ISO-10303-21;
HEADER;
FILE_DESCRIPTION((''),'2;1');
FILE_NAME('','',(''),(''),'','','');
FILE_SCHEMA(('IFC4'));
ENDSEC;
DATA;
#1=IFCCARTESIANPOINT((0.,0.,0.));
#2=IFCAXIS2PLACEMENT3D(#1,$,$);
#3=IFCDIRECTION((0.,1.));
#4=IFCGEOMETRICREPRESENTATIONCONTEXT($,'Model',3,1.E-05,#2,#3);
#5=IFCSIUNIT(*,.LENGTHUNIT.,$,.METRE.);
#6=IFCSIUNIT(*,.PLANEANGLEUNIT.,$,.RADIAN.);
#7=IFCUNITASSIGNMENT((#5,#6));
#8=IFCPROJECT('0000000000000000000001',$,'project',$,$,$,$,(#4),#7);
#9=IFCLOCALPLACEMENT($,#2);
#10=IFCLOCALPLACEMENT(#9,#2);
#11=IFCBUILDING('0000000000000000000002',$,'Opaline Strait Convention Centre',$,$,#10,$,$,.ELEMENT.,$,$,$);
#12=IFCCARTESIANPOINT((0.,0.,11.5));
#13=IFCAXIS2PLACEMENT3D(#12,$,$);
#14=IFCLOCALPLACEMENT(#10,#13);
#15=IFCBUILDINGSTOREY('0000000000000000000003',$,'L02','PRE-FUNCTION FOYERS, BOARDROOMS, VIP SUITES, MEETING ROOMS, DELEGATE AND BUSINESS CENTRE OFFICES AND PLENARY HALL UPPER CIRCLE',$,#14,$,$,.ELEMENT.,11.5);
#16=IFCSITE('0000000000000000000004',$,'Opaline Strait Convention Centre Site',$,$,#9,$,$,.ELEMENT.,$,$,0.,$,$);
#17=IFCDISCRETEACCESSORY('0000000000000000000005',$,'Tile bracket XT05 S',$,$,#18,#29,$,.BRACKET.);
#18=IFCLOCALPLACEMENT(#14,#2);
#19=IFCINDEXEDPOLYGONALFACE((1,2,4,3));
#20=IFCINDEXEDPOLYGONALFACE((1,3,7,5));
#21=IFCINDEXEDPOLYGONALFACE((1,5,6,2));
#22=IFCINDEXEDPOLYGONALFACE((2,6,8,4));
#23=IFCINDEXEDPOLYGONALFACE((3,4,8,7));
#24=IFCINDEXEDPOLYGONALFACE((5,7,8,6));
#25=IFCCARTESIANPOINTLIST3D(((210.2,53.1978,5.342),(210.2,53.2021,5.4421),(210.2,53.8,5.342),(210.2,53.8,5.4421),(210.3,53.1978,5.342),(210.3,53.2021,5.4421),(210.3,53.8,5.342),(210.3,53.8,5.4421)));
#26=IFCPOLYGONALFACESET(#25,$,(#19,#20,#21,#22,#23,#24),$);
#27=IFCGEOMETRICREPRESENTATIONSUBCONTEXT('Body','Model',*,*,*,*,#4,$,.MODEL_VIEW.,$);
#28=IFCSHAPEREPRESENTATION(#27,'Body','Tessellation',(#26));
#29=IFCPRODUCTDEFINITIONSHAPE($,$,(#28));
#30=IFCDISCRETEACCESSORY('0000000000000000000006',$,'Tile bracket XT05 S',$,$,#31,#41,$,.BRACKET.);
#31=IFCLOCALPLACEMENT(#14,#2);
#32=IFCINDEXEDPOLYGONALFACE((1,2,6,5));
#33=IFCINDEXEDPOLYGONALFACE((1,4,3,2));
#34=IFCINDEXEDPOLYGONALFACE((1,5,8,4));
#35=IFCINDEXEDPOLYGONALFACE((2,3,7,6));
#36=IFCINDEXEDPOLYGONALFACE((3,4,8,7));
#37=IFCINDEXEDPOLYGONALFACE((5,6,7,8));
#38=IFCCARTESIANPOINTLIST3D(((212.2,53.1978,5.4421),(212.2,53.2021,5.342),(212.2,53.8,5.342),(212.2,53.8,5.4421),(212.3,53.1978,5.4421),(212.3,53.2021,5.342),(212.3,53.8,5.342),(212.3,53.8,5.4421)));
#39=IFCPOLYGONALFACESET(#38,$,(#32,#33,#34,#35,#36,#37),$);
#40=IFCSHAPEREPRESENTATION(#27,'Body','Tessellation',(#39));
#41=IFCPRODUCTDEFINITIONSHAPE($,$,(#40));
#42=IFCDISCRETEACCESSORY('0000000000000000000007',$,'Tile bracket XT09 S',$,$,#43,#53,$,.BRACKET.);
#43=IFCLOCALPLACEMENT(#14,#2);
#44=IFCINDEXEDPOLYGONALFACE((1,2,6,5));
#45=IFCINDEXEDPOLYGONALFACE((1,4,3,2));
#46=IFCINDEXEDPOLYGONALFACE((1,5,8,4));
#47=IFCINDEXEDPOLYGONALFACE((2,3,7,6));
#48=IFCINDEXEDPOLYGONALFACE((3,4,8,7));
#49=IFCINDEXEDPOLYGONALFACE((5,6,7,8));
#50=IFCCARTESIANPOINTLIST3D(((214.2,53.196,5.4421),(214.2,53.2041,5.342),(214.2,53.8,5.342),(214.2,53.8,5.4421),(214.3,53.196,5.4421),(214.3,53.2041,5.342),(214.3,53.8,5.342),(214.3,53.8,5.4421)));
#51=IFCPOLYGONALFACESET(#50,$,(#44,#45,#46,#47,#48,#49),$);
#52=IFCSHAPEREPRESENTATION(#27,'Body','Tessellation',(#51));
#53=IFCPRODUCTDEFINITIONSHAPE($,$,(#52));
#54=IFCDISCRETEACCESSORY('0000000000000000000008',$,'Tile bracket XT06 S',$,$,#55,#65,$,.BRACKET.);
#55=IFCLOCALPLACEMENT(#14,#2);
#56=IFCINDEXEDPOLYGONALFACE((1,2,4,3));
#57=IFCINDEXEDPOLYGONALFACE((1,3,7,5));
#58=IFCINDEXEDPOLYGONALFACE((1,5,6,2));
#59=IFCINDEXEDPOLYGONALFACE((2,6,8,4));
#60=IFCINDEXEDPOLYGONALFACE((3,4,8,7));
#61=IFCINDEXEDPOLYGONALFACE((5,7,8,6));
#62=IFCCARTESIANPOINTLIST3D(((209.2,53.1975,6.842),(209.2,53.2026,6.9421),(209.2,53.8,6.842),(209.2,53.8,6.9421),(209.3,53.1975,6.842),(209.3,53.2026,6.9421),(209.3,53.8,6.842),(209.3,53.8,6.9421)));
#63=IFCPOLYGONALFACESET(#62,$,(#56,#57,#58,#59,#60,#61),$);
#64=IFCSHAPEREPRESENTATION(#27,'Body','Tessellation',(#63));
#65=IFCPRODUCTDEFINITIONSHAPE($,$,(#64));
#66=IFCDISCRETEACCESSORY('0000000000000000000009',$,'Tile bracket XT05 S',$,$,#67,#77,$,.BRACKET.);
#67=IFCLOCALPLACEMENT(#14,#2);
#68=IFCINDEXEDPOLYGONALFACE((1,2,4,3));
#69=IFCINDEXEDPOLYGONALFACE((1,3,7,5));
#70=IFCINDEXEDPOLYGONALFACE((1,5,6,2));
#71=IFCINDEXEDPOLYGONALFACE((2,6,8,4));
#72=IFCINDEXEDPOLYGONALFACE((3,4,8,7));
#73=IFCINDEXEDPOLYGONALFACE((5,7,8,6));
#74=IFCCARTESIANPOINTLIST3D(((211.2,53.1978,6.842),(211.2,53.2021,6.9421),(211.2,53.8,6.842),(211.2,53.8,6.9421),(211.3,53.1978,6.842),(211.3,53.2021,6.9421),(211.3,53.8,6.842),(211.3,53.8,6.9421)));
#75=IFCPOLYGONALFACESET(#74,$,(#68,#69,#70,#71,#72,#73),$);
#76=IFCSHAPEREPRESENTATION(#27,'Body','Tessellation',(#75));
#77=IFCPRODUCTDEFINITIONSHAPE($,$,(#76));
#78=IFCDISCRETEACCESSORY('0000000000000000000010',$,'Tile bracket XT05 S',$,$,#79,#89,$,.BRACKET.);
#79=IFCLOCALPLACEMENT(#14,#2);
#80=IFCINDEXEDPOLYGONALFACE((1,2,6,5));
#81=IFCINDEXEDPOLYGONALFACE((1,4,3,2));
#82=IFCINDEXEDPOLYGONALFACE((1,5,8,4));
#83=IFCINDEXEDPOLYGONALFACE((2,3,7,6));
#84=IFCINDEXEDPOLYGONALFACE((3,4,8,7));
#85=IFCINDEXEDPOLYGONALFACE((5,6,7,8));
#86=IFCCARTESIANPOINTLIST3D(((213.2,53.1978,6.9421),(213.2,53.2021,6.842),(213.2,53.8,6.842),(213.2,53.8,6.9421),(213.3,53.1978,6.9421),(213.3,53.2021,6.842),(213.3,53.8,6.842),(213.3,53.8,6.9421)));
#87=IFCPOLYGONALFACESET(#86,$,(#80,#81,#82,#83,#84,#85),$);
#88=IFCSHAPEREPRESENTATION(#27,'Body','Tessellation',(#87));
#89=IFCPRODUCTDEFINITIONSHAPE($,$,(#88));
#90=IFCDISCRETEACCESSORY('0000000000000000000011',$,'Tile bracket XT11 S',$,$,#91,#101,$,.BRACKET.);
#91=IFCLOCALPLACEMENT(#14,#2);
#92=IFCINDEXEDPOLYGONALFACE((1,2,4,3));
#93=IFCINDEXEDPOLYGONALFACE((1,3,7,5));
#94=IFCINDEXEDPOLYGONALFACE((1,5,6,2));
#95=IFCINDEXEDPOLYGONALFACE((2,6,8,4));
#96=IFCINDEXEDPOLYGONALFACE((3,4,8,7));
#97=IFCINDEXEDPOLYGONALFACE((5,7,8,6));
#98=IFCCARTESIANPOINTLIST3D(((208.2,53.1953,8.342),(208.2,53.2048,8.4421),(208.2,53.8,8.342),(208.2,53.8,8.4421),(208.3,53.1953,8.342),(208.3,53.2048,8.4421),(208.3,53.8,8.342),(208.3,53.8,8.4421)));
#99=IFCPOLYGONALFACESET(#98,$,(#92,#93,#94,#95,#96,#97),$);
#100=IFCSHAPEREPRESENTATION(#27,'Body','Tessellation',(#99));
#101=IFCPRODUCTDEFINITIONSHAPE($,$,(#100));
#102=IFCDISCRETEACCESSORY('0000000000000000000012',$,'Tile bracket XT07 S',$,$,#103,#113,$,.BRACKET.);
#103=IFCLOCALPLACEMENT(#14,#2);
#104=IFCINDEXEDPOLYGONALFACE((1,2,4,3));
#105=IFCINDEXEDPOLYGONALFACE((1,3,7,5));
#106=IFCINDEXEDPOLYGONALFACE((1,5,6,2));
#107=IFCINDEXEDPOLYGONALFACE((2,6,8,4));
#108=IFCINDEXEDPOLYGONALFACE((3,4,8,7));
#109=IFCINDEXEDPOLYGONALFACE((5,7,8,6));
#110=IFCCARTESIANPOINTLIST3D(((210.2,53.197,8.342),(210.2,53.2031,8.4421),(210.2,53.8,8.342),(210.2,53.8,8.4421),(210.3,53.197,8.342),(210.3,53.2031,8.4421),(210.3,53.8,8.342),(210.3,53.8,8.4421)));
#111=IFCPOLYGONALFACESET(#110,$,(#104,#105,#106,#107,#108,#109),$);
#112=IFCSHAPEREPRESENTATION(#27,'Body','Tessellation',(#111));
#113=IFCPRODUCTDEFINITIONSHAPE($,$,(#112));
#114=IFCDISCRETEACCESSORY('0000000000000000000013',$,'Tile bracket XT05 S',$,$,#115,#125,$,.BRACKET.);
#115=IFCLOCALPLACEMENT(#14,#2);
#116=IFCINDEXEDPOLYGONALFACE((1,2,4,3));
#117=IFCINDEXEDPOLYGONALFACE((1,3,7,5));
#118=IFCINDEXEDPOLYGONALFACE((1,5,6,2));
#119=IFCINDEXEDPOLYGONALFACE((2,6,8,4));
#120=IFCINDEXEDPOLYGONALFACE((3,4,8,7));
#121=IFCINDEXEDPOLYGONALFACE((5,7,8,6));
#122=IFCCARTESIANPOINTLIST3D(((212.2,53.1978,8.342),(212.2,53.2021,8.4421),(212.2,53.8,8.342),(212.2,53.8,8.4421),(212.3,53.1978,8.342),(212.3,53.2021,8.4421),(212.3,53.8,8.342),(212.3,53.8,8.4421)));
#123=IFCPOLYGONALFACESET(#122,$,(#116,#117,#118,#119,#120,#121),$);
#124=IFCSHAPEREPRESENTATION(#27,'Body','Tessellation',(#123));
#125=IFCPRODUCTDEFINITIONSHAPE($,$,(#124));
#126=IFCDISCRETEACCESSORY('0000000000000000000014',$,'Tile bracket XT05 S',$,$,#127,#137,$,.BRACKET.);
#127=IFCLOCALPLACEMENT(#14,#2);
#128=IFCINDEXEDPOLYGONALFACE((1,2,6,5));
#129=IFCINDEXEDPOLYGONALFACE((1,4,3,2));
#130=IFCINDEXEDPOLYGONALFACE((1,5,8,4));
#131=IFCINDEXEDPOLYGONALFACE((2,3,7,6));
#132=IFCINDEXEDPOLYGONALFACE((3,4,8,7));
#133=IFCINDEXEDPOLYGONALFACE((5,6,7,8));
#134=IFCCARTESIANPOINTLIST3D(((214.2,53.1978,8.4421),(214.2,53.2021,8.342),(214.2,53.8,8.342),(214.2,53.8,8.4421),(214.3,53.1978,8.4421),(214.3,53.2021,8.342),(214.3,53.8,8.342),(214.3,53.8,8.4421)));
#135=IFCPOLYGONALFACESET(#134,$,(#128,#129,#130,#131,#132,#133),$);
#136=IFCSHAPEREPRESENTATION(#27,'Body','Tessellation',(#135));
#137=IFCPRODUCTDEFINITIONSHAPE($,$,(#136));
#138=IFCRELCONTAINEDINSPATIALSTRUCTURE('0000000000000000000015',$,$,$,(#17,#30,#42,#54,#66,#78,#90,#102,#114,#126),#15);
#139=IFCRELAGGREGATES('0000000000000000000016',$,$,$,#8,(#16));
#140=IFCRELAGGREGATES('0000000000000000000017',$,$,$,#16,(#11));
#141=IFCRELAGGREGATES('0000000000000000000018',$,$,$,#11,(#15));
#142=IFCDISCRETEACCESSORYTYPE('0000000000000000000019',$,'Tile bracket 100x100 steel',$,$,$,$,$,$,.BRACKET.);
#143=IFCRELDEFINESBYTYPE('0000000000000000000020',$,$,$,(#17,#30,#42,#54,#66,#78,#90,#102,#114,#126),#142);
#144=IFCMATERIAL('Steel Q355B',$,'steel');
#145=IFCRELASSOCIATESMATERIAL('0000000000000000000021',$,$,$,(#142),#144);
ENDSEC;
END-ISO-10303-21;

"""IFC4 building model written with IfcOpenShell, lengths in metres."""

from ifc_helpers import new_model, si_unit, direction, frame, origin, place, context, subcontext, project, spatial, polyline, outline, extrude, material, type_object, element, save


model = new_model("IFC4")

# Units and contexts
model_context = context("Model", 3, precision=1e-05, world=origin(), true_north=direction((0.0, 1.0)))
body_context = subcontext(model_context, "Body", "Model", "MODEL_VIEW")
ifc_project = project(units=[si_unit("LENGTHUNIT", "METRE"), si_unit("PLANEANGLEUNIT", "RADIAN")], contexts=[model_context])

# Site, building, storey
site_placement = place(None, origin())
site = spatial("IfcSite", under=ifc_project, at=site_placement, Name="Opaline Strait Convention Centre Site", CompositionType="ELEMENT", RefElevation=0.0)
building_placement = place(site_placement, origin())
building = spatial("IfcBuilding", under=site, at=building_placement, Name="Opaline Strait Convention Centre", CompositionType="ELEMENT")
storey_placement = place(building_placement, frame((0.0, 0.0, 11.5)))
storey = spatial("IfcBuildingStorey", under=building, at=storey_placement, Name="L02", Description="PRE-FUNCTION FOYERS, BOARDROOMS, VIP SUITES, MEETING ROOMS, DELEGATE AND BUSINESS CENTRE OFFICES AND PLENARY HALL UPPER CIRCLE", CompositionType="ELEMENT", Elevation=11.5)

# Discrete accessories
ifc_material_1 = material(Name="Steel Q355B", Category="steel")
discrete_accessory_type = type_object("IfcDiscreteAccessoryType", Name="Tile bracket 100x100 steel", PredefinedType="BRACKET", material=ifc_material_1)
discrete_accessory_1_placement = place(storey_placement, frame((210.2, 53.8, 5.3921), z_axis=(1.0, 0.0, 0.0), x_axis=(0.0, 1.0, 0.0)))
element("IfcDiscreteAccessory", 1, at=discrete_accessory_1_placement, inside=storey, type_object=discrete_accessory_type, Name="Tile bracket XT05 S", PredefinedType="BRACKET", context=body_context, shape_type="SweptSolid", body=[
    extrude(outline(polyline([(0.0, -0.05), (0.0, 0.05), (-0.5979, 0.05), (-0.6023, -0.05), (0.0, -0.05)])), origin(), (0.0, 0.0, 1.0), 0.1001),
])
discrete_accessory_2_placement = place(storey_placement, frame((212.2, 53.8, 5.3921), z_axis=(1.0, 0.0, 0.0), x_axis=(0.0, 1.0, 0.0)))
element("IfcDiscreteAccessory", 2, at=discrete_accessory_2_placement, inside=storey, type_object=discrete_accessory_type, Name="Tile bracket XT05 S", PredefinedType="BRACKET", context=body_context, shape_type="SweptSolid", body=[
    extrude(outline(polyline([(0.0, -0.05), (0.0, 0.05), (-0.6023, 0.05), (-0.5979, -0.05), (0.0, -0.05)])), origin(), (0.0, 0.0, 1.0), 0.1001),
])
discrete_accessory_3_placement = place(storey_placement, frame((214.2, 53.8, 5.3921), z_axis=(1.0, 0.0, 0.0), x_axis=(0.0, 1.0, 0.0)))
element("IfcDiscreteAccessory", 3, at=discrete_accessory_3_placement, inside=storey, type_object=discrete_accessory_type, Name="Tile bracket XT09 S", PredefinedType="BRACKET", context=body_context, shape_type="SweptSolid", body=[
    extrude(outline(polyline([(0.0, -0.05), (0.0, 0.05), (-0.604, 0.05), (-0.5959, -0.05), (0.0, -0.05)])), origin(), (0.0, 0.0, 1.0), 0.1001),
])
discrete_accessory_4_placement = place(storey_placement, frame((209.2, 53.8, 6.8921), z_axis=(1.0, 0.0, 0.0), x_axis=(0.0, 1.0, 0.0)))
element("IfcDiscreteAccessory", 4, at=discrete_accessory_4_placement, inside=storey, type_object=discrete_accessory_type, Name="Tile bracket XT06 S", PredefinedType="BRACKET", context=body_context, shape_type="SweptSolid", body=[
    extrude(outline(polyline([(0.0, -0.05), (0.0, 0.05), (-0.5974, 0.05), (-0.6025, -0.05), (0.0, -0.05)])), origin(), (0.0, 0.0, 1.0), 0.1001),
])
discrete_accessory_5_placement = place(storey_placement, frame((211.2, 53.8, 6.8921), z_axis=(1.0, 0.0, 0.0), x_axis=(0.0, 1.0, 0.0)))
element("IfcDiscreteAccessory", 5, at=discrete_accessory_5_placement, inside=storey, type_object=discrete_accessory_type, Name="Tile bracket XT05 S", PredefinedType="BRACKET", context=body_context, shape_type="SweptSolid", body=[
    extrude(outline(polyline([(0.0, -0.05), (0.0, 0.05), (-0.5979, 0.05), (-0.6023, -0.05), (0.0, -0.05)])), origin(), (0.0, 0.0, 1.0), 0.1001),
])
discrete_accessory_6_placement = place(storey_placement, frame((213.2, 53.8, 6.8921), z_axis=(1.0, 0.0, 0.0), x_axis=(0.0, 1.0, 0.0)))
element("IfcDiscreteAccessory", 6, at=discrete_accessory_6_placement, inside=storey, type_object=discrete_accessory_type, Name="Tile bracket XT05 S", PredefinedType="BRACKET", context=body_context, shape_type="SweptSolid", body=[
    extrude(outline(polyline([(0.0, -0.05), (0.0, 0.05), (-0.6023, 0.05), (-0.5979, -0.05), (0.0, -0.05)])), origin(), (0.0, 0.0, 1.0), 0.1001),
])
discrete_accessory_7_placement = place(storey_placement, frame((208.2, 53.8, 8.3921), z_axis=(1.0, 0.0, 0.0), x_axis=(0.0, 1.0, 0.0)))
element("IfcDiscreteAccessory", 7, at=discrete_accessory_7_placement, inside=storey, type_object=discrete_accessory_type, Name="Tile bracket XT11 S", PredefinedType="BRACKET", context=body_context, shape_type="SweptSolid", body=[
    extrude(outline(polyline([(0.0, -0.05), (0.0, 0.05), (-0.5952, 0.05), (-0.6047, -0.05), (0.0, -0.05)])), origin(), (0.0, 0.0, 1.0), 0.1001),
])
discrete_accessory_8_placement = place(storey_placement, frame((210.2, 53.8, 8.3921), z_axis=(1.0, 0.0, 0.0), x_axis=(0.0, 1.0, 0.0)))
element("IfcDiscreteAccessory", 8, at=discrete_accessory_8_placement, inside=storey, type_object=discrete_accessory_type, Name="Tile bracket XT07 S", PredefinedType="BRACKET", context=body_context, shape_type="SweptSolid", body=[
    extrude(outline(polyline([(0.0, -0.05), (0.0, 0.05), (-0.5969, 0.05), (-0.603, -0.05), (0.0, -0.05)])), origin(), (0.0, 0.0, 1.0), 0.1001),
])
discrete_accessory_9_placement = place(storey_placement, frame((212.2, 53.8, 8.3921), z_axis=(1.0, 0.0, 0.0), x_axis=(0.0, 1.0, 0.0)))
element("IfcDiscreteAccessory", 9, at=discrete_accessory_9_placement, inside=storey, type_object=discrete_accessory_type, Name="Tile bracket XT05 S", PredefinedType="BRACKET", context=body_context, shape_type="SweptSolid", body=[
    extrude(outline(polyline([(0.0, -0.05), (0.0, 0.05), (-0.5979, 0.05), (-0.6023, -0.05), (0.0, -0.05)])), origin(), (0.0, 0.0, 1.0), 0.1001),
])
discrete_accessory_10_placement = place(storey_placement, frame((214.2, 53.8, 8.3921), z_axis=(1.0, 0.0, 0.0), x_axis=(0.0, 1.0, 0.0)))
element("IfcDiscreteAccessory", 10, at=discrete_accessory_10_placement, inside=storey, type_object=discrete_accessory_type, Name="Tile bracket XT05 S", PredefinedType="BRACKET", context=body_context, shape_type="SweptSolid", body=[
    extrude(outline(polyline([(0.0, -0.05), (0.0, 0.05), (-0.6023, 0.05), (-0.5979, -0.05), (0.0, -0.05)])), origin(), (0.0, 0.0, 1.0), 0.1001),
])

save(model, "model.ifc")
